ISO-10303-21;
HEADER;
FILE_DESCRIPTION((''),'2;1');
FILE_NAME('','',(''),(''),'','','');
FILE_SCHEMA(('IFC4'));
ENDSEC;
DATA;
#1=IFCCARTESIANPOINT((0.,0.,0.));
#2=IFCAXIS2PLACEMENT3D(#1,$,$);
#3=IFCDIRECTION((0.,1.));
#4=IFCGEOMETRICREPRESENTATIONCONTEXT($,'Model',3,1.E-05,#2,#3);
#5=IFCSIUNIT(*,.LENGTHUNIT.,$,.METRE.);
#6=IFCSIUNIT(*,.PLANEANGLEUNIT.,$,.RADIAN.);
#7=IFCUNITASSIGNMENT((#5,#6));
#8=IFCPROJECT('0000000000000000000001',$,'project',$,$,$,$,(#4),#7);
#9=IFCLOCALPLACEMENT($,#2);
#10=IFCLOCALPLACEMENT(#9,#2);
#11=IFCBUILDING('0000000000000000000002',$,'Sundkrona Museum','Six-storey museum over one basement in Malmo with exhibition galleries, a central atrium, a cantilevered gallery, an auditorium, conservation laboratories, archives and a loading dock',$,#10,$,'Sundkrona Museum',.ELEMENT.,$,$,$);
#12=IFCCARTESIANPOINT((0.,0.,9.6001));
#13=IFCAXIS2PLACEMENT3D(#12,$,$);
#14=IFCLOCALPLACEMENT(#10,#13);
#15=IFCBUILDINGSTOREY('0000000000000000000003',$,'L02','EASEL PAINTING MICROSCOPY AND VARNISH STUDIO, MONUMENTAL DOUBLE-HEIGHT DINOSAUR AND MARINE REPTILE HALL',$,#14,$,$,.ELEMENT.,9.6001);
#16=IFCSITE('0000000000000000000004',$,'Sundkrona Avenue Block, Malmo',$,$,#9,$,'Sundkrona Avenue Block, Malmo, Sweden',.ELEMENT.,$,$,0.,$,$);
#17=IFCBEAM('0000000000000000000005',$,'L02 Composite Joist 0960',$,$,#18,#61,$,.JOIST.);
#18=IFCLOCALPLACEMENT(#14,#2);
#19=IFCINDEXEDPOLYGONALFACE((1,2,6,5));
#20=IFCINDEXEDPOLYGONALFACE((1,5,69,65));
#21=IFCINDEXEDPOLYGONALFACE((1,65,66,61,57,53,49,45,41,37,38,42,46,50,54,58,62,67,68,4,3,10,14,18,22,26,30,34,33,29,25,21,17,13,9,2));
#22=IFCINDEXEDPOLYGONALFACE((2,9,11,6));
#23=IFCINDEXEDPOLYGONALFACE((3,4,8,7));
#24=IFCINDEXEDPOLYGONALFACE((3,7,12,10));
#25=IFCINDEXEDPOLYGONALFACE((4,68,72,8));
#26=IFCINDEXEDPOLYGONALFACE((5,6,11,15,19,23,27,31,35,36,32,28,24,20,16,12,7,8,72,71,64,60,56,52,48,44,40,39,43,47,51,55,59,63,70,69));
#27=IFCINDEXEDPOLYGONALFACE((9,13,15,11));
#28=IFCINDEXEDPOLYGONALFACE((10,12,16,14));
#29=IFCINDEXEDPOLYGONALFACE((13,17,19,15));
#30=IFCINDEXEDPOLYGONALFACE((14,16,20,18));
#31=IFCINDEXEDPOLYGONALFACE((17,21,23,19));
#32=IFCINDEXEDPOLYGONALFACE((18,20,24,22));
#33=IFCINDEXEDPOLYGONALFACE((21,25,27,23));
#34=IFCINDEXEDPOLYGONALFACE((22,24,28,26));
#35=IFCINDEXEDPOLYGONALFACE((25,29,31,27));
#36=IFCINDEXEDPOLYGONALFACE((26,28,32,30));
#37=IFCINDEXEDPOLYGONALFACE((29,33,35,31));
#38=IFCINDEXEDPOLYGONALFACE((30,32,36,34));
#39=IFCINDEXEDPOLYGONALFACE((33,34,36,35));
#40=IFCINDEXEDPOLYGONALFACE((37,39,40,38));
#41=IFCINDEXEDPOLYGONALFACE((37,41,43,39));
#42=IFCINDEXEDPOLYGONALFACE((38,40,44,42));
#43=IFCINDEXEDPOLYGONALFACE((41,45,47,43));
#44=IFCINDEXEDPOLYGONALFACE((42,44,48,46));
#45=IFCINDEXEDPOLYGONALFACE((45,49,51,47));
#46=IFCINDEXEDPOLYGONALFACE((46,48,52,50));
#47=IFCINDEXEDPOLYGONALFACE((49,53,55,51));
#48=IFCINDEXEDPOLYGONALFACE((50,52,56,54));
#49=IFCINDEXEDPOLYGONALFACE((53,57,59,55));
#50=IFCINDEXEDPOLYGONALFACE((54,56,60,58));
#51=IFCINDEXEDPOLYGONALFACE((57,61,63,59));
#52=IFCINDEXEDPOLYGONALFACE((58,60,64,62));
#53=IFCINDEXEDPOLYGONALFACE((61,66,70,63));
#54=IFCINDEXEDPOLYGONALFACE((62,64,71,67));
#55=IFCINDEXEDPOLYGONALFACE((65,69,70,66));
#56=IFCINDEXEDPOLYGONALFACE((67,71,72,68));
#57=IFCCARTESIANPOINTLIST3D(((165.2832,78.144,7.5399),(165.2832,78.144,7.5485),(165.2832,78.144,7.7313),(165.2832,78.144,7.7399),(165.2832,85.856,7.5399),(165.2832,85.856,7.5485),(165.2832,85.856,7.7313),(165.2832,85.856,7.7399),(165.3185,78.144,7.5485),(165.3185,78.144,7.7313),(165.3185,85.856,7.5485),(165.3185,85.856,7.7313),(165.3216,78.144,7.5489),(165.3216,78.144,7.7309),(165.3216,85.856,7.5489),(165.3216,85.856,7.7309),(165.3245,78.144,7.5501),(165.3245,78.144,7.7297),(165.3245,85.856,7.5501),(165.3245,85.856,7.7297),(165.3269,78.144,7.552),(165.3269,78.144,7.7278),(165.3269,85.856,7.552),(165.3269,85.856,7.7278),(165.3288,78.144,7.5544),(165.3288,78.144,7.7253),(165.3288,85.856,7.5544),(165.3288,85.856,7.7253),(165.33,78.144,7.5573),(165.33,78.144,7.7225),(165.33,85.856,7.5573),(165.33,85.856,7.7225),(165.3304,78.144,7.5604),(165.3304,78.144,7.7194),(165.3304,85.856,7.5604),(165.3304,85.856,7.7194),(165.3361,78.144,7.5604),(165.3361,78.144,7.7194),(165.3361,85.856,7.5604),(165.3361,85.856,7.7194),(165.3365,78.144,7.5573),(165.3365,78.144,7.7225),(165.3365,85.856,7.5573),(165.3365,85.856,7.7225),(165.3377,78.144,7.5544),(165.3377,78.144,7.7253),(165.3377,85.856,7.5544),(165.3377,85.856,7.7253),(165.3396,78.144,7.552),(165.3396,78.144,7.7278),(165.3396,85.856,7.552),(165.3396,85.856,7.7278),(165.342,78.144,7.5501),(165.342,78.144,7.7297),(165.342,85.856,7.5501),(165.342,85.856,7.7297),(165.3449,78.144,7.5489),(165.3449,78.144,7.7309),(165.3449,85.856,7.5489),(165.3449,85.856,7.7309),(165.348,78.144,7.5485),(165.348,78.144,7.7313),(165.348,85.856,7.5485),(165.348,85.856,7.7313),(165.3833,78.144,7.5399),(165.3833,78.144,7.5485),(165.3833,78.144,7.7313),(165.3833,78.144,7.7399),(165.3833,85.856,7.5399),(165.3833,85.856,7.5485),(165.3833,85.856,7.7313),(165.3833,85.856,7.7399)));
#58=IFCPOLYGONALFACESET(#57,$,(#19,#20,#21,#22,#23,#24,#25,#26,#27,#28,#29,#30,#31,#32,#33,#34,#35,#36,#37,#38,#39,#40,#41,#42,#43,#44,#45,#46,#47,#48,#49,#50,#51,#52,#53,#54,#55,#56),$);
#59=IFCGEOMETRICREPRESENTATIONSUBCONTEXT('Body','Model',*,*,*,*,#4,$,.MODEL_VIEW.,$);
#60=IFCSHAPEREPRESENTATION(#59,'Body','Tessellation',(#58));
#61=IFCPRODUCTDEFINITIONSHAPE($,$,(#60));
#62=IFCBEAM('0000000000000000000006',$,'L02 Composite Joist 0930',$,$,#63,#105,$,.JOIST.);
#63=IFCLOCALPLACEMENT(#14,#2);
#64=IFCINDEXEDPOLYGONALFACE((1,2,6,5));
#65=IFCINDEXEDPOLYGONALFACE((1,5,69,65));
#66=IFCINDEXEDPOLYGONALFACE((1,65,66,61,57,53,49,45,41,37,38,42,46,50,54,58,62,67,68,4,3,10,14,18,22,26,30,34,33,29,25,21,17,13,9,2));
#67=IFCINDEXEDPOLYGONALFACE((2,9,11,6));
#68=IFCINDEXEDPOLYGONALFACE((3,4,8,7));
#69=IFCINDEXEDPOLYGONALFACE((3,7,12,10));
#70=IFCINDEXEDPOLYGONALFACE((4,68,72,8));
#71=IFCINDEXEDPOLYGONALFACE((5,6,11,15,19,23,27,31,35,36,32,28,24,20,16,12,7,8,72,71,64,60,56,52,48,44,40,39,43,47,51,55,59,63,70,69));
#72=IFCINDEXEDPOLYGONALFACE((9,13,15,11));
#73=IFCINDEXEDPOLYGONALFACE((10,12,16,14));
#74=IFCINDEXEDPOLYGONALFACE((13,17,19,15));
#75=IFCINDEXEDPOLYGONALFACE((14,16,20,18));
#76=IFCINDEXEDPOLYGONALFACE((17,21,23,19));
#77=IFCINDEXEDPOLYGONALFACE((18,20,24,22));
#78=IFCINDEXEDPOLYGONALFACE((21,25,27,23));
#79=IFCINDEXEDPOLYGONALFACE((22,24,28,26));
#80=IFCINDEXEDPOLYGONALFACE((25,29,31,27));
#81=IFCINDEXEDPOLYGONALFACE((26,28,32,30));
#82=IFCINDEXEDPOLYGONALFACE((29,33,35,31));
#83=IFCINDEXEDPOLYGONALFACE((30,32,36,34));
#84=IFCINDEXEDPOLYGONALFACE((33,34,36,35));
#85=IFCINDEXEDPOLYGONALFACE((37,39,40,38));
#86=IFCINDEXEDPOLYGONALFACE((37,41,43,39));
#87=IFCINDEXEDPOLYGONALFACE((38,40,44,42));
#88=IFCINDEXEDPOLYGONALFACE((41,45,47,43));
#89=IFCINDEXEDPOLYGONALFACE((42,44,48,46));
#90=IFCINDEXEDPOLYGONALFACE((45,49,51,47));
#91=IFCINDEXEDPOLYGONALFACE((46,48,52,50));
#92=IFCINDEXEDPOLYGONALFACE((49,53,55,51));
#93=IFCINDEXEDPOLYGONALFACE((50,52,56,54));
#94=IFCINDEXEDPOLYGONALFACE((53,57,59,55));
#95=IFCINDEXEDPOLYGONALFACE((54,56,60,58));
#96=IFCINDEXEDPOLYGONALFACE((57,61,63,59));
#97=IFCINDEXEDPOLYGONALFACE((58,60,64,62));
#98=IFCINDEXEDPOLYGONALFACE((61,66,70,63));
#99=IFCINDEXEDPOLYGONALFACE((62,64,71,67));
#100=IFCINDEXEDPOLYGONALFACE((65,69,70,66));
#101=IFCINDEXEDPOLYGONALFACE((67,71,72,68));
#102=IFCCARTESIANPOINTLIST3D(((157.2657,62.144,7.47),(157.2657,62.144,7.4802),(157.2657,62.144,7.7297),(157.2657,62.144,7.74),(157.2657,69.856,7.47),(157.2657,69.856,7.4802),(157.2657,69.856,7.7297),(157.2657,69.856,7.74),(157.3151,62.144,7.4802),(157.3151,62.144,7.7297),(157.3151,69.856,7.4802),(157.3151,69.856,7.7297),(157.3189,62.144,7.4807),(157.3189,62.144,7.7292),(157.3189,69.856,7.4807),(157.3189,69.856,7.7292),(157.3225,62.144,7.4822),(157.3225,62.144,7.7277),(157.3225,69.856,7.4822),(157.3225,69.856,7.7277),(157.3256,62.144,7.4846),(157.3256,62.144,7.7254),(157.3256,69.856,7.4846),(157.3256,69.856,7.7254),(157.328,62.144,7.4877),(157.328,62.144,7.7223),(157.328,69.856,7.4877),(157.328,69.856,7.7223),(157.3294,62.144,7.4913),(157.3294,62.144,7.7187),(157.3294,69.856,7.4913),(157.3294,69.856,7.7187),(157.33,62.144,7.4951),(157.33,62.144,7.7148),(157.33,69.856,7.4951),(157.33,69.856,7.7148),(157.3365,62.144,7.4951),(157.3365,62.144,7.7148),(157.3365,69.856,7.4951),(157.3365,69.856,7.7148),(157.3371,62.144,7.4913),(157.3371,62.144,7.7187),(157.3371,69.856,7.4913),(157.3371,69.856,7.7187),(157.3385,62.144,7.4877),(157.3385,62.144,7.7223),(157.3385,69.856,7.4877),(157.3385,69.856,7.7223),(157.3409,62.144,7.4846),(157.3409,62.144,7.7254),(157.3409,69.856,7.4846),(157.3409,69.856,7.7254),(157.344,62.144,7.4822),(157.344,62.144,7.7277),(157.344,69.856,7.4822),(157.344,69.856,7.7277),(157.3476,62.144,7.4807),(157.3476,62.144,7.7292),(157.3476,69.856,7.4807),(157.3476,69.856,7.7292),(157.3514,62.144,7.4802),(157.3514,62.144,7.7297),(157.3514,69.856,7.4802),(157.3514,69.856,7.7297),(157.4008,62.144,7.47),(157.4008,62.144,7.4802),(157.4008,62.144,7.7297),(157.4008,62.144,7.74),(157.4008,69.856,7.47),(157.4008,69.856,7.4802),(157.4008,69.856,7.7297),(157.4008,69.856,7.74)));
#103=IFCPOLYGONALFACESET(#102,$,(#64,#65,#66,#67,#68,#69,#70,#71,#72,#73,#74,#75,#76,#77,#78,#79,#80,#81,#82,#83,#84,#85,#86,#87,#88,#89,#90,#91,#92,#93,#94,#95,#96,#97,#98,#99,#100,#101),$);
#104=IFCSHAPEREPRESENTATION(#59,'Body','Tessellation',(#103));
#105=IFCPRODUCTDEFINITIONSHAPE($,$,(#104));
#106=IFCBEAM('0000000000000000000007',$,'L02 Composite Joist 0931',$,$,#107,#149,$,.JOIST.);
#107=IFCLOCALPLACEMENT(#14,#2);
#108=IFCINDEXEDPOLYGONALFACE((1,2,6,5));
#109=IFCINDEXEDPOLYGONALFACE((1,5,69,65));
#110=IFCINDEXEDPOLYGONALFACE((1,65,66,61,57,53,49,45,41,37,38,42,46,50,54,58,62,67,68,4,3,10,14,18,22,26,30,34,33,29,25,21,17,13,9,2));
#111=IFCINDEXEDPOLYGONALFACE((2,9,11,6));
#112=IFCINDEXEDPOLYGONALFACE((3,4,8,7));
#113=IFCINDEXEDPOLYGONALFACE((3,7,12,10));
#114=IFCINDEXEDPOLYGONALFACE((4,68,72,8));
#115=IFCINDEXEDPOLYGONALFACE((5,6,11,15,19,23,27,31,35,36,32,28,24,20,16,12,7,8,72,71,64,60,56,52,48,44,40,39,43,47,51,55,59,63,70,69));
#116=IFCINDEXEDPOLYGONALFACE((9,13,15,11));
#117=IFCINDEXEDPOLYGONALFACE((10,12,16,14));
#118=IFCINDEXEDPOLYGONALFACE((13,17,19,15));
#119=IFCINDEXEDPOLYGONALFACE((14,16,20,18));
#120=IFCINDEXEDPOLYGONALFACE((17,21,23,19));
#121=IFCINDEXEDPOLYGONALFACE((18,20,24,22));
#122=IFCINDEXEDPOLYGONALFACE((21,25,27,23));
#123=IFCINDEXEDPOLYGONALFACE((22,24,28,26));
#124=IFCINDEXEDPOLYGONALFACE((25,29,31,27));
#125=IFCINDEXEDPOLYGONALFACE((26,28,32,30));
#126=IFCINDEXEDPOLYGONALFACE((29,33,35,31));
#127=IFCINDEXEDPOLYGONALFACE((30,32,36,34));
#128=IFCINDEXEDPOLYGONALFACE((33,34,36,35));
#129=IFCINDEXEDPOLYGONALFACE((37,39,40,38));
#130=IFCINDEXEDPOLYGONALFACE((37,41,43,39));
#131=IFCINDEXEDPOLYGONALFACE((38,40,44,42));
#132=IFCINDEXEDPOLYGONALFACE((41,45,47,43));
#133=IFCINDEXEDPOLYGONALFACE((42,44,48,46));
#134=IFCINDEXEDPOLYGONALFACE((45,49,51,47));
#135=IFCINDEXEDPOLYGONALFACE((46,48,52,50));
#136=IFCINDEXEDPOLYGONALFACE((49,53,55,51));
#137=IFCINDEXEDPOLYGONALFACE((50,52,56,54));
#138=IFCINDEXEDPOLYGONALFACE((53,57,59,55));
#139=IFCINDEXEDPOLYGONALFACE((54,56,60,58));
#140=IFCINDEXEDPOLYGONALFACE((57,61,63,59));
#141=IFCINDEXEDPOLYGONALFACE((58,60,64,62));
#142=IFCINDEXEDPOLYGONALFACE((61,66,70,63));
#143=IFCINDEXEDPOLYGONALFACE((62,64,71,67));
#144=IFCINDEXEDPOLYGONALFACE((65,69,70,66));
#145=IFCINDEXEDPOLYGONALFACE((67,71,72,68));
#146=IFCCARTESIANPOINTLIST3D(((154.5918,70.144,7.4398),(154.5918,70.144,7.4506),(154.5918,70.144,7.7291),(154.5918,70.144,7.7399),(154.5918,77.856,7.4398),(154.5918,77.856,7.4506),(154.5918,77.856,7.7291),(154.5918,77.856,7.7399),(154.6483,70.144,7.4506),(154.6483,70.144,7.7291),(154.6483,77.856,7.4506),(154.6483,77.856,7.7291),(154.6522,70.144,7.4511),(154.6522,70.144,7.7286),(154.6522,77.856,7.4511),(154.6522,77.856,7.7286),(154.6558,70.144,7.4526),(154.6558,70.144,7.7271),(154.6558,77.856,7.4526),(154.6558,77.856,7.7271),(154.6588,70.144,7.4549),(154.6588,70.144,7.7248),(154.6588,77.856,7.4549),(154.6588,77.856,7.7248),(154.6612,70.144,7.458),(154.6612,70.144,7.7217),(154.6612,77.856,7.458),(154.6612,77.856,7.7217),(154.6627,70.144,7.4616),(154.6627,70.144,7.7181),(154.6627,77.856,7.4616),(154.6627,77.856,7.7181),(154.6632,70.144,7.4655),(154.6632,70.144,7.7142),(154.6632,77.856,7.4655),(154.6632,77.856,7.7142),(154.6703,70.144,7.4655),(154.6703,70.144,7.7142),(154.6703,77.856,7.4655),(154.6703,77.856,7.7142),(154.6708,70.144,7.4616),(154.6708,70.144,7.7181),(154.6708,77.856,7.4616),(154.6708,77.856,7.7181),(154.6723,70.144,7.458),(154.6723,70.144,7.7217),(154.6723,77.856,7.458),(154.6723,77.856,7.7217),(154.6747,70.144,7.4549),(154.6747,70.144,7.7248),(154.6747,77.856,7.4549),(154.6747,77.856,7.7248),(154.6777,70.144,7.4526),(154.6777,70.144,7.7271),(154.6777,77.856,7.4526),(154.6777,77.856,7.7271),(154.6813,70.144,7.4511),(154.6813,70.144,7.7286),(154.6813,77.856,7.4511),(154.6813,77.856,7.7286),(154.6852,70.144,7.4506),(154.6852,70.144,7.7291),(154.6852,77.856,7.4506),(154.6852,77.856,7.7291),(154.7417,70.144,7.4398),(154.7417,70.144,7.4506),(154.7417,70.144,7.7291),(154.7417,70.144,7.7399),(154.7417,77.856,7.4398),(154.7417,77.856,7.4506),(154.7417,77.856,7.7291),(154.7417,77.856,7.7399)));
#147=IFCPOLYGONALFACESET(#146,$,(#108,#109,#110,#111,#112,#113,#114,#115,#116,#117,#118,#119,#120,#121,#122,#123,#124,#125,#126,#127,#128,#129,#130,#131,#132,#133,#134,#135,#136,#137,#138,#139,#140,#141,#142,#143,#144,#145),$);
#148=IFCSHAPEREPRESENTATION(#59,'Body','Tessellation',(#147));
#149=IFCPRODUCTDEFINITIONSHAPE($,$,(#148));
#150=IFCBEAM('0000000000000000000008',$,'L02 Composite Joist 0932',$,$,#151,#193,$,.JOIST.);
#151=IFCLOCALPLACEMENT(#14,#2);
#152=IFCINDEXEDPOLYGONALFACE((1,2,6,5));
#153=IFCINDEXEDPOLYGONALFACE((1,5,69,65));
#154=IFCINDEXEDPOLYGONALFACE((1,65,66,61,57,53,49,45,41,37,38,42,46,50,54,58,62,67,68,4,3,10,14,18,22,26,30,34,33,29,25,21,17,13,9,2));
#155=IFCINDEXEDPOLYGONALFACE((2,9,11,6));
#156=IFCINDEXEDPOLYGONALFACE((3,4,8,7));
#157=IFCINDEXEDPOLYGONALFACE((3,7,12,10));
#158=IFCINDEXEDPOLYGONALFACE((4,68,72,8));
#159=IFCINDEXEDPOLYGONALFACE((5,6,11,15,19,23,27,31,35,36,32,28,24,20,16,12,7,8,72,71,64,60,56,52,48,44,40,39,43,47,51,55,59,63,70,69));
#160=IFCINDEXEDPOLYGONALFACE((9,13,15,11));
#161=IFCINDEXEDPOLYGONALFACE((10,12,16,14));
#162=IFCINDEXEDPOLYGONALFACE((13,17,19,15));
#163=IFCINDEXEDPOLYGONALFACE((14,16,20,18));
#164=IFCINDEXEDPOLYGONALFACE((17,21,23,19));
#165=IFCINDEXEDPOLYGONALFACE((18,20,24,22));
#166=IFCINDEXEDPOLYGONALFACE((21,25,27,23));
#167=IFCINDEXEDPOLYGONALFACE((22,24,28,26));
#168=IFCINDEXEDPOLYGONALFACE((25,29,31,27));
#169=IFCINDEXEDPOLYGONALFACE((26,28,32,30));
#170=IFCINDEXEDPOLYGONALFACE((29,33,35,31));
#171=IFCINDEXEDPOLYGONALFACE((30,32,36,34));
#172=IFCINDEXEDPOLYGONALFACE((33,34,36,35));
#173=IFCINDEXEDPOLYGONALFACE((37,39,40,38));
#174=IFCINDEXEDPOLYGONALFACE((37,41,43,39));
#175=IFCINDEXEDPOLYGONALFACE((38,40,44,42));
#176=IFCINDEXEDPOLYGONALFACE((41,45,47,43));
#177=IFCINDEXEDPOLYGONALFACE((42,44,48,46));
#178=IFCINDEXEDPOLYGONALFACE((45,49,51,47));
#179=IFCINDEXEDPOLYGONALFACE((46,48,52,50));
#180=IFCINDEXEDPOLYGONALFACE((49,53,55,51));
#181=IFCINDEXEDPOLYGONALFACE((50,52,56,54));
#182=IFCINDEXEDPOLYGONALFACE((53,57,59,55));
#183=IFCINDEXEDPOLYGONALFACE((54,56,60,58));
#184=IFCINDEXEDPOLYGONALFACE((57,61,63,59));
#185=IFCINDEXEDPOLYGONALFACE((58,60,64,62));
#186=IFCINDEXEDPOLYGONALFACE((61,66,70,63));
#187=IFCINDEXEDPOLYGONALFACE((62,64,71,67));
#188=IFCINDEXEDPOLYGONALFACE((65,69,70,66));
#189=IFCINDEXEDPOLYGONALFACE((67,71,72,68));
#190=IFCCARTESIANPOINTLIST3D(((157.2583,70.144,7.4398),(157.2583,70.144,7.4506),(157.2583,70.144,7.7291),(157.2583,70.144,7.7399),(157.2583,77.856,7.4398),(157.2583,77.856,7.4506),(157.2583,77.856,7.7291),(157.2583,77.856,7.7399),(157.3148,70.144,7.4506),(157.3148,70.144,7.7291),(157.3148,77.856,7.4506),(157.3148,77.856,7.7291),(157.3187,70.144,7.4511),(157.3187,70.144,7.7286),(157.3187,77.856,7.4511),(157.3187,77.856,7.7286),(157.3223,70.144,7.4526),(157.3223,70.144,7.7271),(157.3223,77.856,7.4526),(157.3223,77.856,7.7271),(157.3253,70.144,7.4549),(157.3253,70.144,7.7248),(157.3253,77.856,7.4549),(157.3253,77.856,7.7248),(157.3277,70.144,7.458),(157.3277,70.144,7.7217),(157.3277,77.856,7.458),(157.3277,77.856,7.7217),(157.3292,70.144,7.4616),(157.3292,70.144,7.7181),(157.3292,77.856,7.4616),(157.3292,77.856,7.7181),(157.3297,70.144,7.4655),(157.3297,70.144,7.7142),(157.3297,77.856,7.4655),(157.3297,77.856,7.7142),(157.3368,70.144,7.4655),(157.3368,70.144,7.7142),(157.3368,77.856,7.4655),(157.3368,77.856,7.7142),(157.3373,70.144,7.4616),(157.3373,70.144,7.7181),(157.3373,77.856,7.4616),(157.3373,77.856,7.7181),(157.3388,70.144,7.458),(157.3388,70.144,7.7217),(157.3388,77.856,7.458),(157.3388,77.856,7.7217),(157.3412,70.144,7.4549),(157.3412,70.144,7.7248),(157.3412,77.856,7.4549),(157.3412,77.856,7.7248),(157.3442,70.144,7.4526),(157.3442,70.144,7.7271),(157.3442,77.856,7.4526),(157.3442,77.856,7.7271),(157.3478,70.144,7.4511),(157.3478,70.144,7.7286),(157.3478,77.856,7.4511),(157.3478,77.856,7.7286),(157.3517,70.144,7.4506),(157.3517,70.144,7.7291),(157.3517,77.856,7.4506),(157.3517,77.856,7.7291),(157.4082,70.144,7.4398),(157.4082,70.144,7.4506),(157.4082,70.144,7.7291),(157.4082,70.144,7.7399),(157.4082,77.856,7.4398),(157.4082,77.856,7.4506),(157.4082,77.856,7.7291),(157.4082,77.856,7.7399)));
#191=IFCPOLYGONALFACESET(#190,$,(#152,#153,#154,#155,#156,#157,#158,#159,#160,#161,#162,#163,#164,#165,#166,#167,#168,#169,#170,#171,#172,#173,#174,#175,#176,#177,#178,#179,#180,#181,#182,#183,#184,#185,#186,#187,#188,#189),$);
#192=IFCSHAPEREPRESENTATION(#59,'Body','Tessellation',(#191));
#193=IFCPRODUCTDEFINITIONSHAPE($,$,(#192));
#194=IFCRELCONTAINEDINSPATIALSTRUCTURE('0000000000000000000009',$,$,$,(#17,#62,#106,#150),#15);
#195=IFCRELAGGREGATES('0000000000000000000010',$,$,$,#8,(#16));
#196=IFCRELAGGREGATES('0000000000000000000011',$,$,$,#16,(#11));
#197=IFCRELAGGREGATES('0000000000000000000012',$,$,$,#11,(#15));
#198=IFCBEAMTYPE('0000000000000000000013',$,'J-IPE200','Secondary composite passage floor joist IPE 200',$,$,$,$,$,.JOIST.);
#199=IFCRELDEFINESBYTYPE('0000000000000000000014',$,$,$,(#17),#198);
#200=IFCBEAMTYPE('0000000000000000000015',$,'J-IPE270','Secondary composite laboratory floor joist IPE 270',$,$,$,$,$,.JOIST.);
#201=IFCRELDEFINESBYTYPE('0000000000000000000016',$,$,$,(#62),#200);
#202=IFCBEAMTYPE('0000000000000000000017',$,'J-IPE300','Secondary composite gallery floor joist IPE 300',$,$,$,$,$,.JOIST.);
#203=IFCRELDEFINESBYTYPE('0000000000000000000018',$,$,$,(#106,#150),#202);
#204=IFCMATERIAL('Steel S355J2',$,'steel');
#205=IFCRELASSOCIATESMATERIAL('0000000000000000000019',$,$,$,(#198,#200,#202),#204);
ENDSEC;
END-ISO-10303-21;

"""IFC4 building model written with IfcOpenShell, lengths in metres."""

from ifc_helpers import new_model, si_unit, direction, frame, origin, origin_2d, place, context, subcontext, project, spatial, i_section, extrude, material, material_profile, profile_set, type_object, element, save


model = new_model("IFC4")

# Units and contexts
model_context = context("Model", 3, precision=1e-05, world=origin(), true_north=direction((0.0, 1.0)))
body_context = subcontext(model_context, "Body", "Model", "MODEL_VIEW")
ifc_project = project(units=[si_unit("LENGTHUNIT", "METRE"), si_unit("PLANEANGLEUNIT", "RADIAN")], contexts=[model_context])

# Site, building, storey
site_placement = place(None, origin())
site = spatial("IfcSite", under=ifc_project, at=site_placement, Name="Sundkrona Avenue Block, Malmo", LongName="Sundkrona Avenue Block, Malmo, Sweden", CompositionType="ELEMENT", RefElevation=0.0)
building_placement = place(site_placement, origin())
building = spatial("IfcBuilding", under=site, at=building_placement, Name="Sundkrona Museum", Description="Six-storey museum over one basement in Malmo with exhibition galleries, a central atrium, a cantilevered gallery, an auditorium, conservation laboratories, archives and a loading dock", LongName="Sundkrona Museum", CompositionType="ELEMENT")
storey_placement = place(building_placement, frame((0.0, 0.0, 9.6001)))
storey = spatial("IfcBuildingStorey", under=building, at=storey_placement, Name="L02", Description="EASEL PAINTING MICROSCOPY AND VARNISH STUDIO, MONUMENTAL DOUBLE-HEIGHT DINOSAUR AND MARINE REPTILE HALL", CompositionType="ELEMENT", Elevation=9.6001)

# Shared definitions
ifc_material_1 = material(Name="Steel S355J2", Category="steel")

# Beams
ifc_material_profile_1 = material_profile(ifc_material_1, i_section(OverallWidth=0.1001, OverallDepth=0.2, WebThickness=0.0056, FlangeThickness=0.0085, FilletRadius=0.012, at=origin_2d()), Name="IPE 200")
ifc_profile_set_1 = profile_set([ifc_material_profile_1], Name="Steel S355J2")
beam_type_1 = type_object("IfcBeamType", Name="J-IPE200", Description="Secondary composite passage floor joist IPE 200", PredefinedType="JOIST", material=ifc_profile_set_1)
beam_1_placement = place(storey_placement, frame((165.3333, 78.144, 7.6399), z_axis=(0.0, 1.0, 0.0), x_axis=(-1.0, 0.0, 0.0)))
element("IfcBeam", 1, at=beam_1_placement, inside=storey, type_object=beam_type_1, Name="L02 Composite Joist 0960", PredefinedType="JOIST", context=body_context, shape_type="SweptSolid", body=[
    extrude(i_section(OverallWidth=0.1001, OverallDepth=0.2, WebThickness=0.0056, FlangeThickness=0.0085, FilletRadius=0.012, at=origin_2d()), origin(), (0.0, 0.0, 1.0), 7.7119),
])
ifc_material_profile_2 = material_profile(ifc_material_1, i_section(OverallWidth=0.135, OverallDepth=0.27, WebThickness=0.0066, FlangeThickness=0.0103, FilletRadius=0.0149, at=origin_2d()), Name="IPE 270")
ifc_profile_set_2 = profile_set([ifc_material_profile_2], Name="Steel S355J2")
beam_type_2 = type_object("IfcBeamType", Name="J-IPE270", Description="Secondary composite laboratory floor joist IPE 270", PredefinedType="JOIST", material=ifc_profile_set_2)
beam_2_placement = place(storey_placement, frame((157.3333, 62.144, 7.605), z_axis=(0.0, 1.0, 0.0), x_axis=(-1.0, 0.0, 0.0)))
element("IfcBeam", 2, at=beam_2_placement, inside=storey, type_object=beam_type_2, Name="L02 Composite Joist 0930", PredefinedType="JOIST", context=body_context, shape_type="SweptSolid", body=[
    extrude(i_section(OverallWidth=0.135, OverallDepth=0.27, WebThickness=0.0066, FlangeThickness=0.0103, FilletRadius=0.0149, at=origin_2d()), origin(), (0.0, 0.0, 1.0), 7.7119),
])
ifc_material_profile_3 = material_profile(ifc_material_1, i_section(OverallWidth=0.1499, OverallDepth=0.3, WebThickness=0.0071, FlangeThickness=0.0107, FilletRadius=0.0149, at=origin_2d()), Name="IPE 300")
ifc_profile_set_3 = profile_set([ifc_material_profile_3], Name="Steel S355J2")
beam_type_3 = type_object("IfcBeamType", Name="J-IPE300", Description="Secondary composite gallery floor joist IPE 300", PredefinedType="JOIST", material=ifc_profile_set_3)
for number, where, z_axis, x_axis, name in (
    (3, (154.6667, 70.144, 7.5898), (0.0, 1.0, 0.0), (-1.0, 0.0, 0.0), "L02 Composite Joist 0931"),
    (4, (157.3333, 70.144, 7.5898), (0.0, 1.0, 0.0), (-1.0, 0.0, 0.0), "L02 Composite Joist 0932"),
):
    element("IfcBeam", number, at=place(storey_placement, frame(where, z_axis=z_axis, x_axis=x_axis)), inside=storey, type_object=beam_type_3, Name=name, PredefinedType="JOIST", context=body_context, shape_type="SweptSolid", body=[
        extrude(i_section(OverallWidth=0.1499, OverallDepth=0.3, WebThickness=0.0071, FlangeThickness=0.0107, FilletRadius=0.0149, at=origin_2d()), origin(), (0.0, 0.0, 1.0), 7.7119),
    ])

save(model, "model.ifc")
